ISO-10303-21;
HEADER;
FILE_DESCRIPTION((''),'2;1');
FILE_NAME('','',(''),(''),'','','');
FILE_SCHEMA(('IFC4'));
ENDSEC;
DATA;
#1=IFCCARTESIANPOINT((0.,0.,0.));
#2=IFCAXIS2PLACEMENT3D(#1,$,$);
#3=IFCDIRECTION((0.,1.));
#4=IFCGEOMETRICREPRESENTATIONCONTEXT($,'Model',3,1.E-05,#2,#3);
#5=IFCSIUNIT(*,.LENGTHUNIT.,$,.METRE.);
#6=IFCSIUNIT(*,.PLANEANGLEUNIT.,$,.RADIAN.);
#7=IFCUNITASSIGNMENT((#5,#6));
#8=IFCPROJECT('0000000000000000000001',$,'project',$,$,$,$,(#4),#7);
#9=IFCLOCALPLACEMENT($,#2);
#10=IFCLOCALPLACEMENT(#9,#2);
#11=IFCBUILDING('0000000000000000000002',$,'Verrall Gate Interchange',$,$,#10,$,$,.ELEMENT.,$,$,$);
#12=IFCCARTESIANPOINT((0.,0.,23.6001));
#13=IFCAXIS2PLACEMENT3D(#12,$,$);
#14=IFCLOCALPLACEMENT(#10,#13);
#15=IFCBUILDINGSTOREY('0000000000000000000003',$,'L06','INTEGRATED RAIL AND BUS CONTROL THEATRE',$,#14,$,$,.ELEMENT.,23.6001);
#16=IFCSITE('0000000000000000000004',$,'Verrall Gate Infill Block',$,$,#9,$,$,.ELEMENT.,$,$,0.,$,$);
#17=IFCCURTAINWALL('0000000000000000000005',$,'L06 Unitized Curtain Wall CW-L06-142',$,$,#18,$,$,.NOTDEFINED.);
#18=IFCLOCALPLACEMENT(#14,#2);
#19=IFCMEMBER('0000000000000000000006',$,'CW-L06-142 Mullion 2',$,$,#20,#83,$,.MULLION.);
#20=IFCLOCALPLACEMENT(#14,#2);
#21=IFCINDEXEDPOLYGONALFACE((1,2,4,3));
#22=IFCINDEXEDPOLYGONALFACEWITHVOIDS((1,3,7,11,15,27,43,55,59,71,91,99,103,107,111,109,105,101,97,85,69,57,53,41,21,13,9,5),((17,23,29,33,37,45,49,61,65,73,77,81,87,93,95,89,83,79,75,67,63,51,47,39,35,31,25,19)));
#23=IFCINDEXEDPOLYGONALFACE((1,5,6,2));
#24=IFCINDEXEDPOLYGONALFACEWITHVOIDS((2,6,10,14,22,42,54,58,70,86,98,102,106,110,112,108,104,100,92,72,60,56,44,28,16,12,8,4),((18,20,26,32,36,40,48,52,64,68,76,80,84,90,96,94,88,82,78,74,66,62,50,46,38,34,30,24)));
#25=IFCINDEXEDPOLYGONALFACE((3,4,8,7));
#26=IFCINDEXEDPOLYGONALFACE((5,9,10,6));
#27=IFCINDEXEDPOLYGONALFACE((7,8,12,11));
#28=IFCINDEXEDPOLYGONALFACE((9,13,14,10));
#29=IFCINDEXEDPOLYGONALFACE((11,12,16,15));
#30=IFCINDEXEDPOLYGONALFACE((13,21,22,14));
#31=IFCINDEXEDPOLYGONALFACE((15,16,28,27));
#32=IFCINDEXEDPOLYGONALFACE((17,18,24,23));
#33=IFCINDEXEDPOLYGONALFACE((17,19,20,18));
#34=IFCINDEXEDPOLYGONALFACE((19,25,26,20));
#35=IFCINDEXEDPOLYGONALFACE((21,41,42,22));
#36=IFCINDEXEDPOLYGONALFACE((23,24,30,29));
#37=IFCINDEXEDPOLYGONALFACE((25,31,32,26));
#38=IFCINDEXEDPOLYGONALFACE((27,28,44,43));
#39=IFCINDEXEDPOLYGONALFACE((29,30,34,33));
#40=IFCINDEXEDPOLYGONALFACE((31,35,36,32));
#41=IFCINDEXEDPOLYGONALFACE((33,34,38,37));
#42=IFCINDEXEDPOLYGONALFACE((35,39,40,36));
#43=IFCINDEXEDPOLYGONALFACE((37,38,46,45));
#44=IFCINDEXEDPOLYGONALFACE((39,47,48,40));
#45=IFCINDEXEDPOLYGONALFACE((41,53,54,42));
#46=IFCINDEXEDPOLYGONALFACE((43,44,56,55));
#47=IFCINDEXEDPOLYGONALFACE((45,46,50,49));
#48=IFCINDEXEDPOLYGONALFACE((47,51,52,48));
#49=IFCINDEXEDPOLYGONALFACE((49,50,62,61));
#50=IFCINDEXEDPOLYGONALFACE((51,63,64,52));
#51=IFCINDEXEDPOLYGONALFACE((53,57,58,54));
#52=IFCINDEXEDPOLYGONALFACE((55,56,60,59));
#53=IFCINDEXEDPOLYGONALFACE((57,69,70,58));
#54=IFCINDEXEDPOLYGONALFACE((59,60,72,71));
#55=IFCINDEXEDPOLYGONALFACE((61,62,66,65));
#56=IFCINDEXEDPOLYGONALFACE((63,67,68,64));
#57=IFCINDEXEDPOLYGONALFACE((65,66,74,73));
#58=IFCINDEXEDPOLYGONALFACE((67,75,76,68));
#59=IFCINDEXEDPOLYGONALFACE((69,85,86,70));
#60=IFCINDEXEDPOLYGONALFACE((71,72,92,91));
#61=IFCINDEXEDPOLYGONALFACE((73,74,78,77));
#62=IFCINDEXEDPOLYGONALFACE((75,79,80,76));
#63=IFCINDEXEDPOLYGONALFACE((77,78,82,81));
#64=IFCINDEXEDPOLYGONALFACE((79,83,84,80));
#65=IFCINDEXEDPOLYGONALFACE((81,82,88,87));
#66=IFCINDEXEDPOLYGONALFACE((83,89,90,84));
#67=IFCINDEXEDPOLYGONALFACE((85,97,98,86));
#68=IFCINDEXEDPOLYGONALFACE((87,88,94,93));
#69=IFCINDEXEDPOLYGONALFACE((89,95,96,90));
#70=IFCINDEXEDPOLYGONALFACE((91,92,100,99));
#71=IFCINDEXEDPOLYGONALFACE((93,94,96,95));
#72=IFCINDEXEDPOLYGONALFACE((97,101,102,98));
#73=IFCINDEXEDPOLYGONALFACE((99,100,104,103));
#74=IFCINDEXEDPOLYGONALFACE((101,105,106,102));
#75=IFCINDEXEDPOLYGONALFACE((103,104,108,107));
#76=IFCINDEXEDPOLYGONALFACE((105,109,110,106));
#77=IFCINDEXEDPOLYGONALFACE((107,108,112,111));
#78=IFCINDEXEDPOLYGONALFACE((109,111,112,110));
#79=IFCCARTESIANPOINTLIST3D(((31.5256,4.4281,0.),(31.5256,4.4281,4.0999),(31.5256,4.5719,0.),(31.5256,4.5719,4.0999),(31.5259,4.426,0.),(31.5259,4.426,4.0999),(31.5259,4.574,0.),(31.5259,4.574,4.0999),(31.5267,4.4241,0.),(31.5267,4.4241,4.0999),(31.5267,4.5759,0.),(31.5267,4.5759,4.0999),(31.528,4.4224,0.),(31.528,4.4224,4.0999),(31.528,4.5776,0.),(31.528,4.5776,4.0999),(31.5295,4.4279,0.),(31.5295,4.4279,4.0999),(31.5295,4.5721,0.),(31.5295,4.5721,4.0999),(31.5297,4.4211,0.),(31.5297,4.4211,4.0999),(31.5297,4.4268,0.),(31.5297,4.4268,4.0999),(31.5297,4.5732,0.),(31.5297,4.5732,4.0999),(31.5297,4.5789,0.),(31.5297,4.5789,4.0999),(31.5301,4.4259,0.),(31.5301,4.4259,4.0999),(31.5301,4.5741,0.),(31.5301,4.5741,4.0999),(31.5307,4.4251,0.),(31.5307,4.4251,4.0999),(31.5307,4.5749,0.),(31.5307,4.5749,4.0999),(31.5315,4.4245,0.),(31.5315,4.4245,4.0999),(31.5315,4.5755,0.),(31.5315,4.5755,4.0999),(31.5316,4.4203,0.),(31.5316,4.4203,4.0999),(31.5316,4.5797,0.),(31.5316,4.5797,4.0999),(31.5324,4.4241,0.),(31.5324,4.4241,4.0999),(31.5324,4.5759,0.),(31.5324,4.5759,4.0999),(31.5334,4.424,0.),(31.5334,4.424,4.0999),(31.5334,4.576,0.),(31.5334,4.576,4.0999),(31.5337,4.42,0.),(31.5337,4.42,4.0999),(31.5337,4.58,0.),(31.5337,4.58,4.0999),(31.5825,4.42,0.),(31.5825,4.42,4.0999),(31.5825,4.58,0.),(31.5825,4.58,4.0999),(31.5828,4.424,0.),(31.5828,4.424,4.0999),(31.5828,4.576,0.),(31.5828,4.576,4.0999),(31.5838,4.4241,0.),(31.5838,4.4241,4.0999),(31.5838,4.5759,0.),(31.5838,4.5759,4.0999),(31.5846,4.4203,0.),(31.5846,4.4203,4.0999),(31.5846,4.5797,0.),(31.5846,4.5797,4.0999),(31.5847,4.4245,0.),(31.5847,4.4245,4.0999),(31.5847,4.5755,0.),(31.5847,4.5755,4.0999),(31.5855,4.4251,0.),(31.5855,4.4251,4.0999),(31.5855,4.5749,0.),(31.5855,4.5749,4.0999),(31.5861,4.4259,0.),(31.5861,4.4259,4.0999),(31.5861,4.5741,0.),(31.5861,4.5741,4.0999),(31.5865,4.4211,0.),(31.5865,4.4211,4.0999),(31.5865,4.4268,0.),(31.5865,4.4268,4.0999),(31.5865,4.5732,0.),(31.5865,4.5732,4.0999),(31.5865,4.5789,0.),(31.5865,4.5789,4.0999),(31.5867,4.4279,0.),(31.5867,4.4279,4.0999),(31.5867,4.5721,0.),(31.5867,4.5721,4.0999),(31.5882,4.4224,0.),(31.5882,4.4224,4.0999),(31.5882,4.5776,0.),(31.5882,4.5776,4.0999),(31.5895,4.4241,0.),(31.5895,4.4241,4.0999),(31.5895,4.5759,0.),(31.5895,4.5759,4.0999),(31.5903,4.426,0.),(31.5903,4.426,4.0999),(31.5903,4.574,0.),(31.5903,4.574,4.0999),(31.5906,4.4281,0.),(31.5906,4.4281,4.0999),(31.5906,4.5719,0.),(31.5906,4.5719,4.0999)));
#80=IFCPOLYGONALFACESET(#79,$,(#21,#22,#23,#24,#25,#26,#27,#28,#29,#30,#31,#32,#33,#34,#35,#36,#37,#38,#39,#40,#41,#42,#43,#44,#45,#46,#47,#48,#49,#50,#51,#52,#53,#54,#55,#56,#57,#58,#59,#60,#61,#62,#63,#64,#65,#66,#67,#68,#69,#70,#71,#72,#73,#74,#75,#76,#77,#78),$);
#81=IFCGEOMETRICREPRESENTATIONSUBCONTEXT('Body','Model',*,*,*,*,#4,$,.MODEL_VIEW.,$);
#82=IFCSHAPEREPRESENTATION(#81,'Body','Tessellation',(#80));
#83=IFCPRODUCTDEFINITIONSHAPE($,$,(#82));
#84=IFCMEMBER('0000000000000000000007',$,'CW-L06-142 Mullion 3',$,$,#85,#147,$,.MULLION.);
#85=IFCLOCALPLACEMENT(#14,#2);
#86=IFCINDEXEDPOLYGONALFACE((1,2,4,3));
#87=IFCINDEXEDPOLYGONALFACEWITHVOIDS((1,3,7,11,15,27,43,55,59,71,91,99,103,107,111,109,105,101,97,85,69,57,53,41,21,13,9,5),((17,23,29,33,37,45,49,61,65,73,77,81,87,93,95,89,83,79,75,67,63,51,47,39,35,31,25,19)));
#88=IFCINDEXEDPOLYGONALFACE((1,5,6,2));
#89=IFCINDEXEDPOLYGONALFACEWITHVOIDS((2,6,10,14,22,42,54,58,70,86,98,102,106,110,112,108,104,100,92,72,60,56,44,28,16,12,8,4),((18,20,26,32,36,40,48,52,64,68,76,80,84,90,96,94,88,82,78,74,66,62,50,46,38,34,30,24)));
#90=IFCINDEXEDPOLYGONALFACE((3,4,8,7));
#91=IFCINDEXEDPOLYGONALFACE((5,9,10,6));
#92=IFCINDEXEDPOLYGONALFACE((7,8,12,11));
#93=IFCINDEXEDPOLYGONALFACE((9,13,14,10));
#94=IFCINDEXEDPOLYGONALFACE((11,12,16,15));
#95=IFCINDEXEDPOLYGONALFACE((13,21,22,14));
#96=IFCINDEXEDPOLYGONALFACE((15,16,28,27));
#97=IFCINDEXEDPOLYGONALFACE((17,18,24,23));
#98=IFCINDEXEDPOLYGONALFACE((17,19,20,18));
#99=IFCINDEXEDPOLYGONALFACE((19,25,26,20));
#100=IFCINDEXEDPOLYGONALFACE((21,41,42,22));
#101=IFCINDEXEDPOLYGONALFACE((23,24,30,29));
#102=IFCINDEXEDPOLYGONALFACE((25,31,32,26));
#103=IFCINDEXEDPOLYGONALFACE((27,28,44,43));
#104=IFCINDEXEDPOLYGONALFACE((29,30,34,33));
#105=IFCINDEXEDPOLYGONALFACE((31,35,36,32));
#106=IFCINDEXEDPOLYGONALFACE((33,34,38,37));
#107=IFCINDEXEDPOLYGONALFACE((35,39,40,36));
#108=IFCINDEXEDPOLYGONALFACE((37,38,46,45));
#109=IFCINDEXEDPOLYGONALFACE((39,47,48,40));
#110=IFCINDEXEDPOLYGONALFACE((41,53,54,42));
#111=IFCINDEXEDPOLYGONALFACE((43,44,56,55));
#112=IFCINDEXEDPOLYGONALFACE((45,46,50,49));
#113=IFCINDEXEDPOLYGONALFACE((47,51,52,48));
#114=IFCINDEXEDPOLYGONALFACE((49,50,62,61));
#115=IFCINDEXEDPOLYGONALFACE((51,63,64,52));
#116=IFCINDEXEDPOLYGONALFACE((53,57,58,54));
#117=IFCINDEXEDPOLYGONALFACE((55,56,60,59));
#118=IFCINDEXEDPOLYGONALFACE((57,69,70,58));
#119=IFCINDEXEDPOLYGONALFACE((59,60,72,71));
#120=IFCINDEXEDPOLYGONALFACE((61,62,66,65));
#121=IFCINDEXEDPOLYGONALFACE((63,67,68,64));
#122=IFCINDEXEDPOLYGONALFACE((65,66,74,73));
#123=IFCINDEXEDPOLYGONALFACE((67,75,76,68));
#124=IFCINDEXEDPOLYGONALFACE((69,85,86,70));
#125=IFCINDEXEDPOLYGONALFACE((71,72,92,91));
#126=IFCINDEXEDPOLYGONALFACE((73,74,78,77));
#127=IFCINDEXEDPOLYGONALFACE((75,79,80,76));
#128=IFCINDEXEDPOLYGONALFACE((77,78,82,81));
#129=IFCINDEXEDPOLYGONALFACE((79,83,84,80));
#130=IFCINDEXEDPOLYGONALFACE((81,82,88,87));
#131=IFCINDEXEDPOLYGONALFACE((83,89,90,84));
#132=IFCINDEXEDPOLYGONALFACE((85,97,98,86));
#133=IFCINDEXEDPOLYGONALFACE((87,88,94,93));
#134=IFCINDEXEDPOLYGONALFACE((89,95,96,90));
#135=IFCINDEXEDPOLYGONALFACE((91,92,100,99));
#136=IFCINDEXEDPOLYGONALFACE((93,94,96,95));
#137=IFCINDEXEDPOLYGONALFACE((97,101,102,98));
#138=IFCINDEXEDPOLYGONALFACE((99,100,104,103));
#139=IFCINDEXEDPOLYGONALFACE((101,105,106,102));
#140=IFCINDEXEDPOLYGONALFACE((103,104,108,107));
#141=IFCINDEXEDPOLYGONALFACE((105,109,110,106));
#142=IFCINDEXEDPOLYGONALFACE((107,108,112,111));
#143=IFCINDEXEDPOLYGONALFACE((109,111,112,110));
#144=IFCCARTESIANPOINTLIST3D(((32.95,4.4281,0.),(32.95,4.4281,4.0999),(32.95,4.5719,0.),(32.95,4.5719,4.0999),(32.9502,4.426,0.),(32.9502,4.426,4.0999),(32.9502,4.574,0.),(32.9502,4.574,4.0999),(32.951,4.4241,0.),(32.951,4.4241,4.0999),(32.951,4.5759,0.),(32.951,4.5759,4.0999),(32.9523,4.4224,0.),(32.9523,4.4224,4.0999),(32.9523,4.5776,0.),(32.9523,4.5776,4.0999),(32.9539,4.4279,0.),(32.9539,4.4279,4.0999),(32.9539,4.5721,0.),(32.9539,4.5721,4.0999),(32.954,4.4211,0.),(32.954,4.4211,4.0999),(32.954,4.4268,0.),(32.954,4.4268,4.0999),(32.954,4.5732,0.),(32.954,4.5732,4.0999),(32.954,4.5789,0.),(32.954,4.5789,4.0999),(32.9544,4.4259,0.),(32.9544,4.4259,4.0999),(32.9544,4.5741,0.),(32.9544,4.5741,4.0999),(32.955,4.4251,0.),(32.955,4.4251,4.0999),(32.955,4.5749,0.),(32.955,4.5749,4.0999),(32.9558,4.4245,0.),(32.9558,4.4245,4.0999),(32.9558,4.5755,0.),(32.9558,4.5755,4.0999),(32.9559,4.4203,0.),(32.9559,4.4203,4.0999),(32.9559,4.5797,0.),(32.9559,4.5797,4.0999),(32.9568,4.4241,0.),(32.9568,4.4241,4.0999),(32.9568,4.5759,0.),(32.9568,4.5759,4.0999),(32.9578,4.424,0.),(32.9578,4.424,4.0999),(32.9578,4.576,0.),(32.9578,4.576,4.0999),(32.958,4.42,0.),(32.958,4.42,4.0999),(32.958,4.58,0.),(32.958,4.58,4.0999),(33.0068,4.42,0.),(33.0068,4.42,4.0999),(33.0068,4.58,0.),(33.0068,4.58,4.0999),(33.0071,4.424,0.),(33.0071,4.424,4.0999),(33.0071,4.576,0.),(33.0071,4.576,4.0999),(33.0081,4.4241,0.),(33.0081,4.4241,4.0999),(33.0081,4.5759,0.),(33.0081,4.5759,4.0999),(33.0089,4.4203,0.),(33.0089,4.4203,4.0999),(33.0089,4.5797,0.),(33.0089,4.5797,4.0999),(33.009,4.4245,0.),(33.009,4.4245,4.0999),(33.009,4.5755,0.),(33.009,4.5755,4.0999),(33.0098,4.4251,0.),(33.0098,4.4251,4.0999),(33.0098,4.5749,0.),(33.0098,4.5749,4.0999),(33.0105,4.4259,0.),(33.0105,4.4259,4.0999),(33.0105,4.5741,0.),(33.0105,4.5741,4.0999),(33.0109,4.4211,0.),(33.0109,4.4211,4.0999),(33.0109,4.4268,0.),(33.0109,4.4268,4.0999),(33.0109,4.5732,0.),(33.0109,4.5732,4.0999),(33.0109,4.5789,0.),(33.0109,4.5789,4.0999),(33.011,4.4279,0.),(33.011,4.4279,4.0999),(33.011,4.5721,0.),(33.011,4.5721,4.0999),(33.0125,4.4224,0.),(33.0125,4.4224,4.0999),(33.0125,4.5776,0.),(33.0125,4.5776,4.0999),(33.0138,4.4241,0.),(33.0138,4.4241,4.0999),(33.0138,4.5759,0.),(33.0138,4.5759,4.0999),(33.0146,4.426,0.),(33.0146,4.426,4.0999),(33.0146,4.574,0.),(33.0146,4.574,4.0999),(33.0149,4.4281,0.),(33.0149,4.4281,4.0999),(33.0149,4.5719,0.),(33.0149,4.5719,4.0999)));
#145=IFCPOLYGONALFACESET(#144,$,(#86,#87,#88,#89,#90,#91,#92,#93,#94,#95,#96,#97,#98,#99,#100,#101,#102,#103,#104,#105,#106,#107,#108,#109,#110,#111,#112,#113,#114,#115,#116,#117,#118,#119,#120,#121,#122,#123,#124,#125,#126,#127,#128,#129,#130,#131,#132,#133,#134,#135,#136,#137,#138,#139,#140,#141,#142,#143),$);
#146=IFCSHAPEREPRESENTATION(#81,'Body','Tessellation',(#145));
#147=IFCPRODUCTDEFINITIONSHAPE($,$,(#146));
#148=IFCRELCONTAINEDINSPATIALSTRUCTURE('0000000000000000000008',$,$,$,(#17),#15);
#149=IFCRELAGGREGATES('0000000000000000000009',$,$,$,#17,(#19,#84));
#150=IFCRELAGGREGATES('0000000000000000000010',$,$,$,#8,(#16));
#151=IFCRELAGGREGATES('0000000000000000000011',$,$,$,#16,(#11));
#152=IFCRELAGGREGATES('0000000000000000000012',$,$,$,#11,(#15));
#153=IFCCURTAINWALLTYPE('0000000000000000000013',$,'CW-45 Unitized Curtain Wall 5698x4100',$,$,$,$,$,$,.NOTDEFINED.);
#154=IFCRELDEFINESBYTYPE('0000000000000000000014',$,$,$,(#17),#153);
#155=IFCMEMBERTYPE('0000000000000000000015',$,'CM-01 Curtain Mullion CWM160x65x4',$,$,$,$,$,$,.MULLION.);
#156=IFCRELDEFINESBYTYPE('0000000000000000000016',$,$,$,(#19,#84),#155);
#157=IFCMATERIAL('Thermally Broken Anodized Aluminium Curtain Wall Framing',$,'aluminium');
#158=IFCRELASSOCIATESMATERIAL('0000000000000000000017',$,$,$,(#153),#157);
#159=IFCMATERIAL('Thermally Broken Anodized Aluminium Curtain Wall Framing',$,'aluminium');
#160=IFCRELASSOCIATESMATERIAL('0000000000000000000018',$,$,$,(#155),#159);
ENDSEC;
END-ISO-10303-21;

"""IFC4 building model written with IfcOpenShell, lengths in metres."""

from ifc_helpers import new_model, si_unit, direction, frame, origin, origin_2d, place, context, subcontext, project, spatial, hollow_rectangle, extrude, material, material_profile, profile_set, type_object, element, aggregate, save


model = new_model("IFC4")

# Units and contexts
model_context = context("Model", 3, precision=1e-05, world=origin(), true_north=direction((0.0, 1.0)))
body_context = subcontext(model_context, "Body", "Model", "MODEL_VIEW")
ifc_project = project(units=[si_unit("LENGTHUNIT", "METRE"), si_unit("PLANEANGLEUNIT", "RADIAN")], contexts=[model_context])

# Site, building, storey
site_placement = place(None, origin())
site = spatial("IfcSite", under=ifc_project, at=site_placement, Name="Verrall Gate Infill Block", CompositionType="ELEMENT", RefElevation=0.0)
building_placement = place(site_placement, origin())
building = spatial("IfcBuilding", under=site, at=building_placement, Name="Verrall Gate Interchange", CompositionType="ELEMENT")
storey_placement = place(building_placement, frame((0.0, 0.0, 23.6001)))
storey = spatial("IfcBuildingStorey", under=building, at=storey_placement, Name="L06", Description="INTEGRATED RAIL AND BUS CONTROL THEATRE", CompositionType="ELEMENT", Elevation=23.6001)

# Curtain wall, members
ifc_material_1 = material(Name="Thermally Broken Anodized Aluminium Curtain Wall Framing", Category="aluminium")
curtain_wall_type_1 = type_object("IfcCurtainWallType", Name="CW-45 Unitized Curtain Wall 5698x4100", PredefinedType="NOTDEFINED", material=ifc_material_1)
curtain_wall_1_placement = place(storey_placement, origin())
curtain_wall_1 = element("IfcCurtainWall", 1, at=curtain_wall_1_placement, inside=storey, type_object=curtain_wall_type_1, Name="L06 Unitized Curtain Wall CW-L06-142", PredefinedType="NOTDEFINED")
ifc_material_2 = material(Name="Thermally Broken Anodized Aluminium Curtain Wall Framing", Category="aluminium")
ifc_material_profile_1 = material_profile(ifc_material_2, hollow_rectangle(XDim=0.0649, YDim=0.1599, WallThickness=0.0039, InnerFilletRadius=0.0039, OuterFilletRadius=0.0081, at=origin_2d()), Name="CWM160x65x4")
ifc_profile_set_1 = profile_set([ifc_material_profile_1], Name="Thermally Broken Anodized Aluminium Curtain Wall Framing")
member_type_1 = type_object("IfcMemberType", Name="CM-01 Curtain Mullion CWM160x65x4", PredefinedType="MULLION", material=ifc_profile_set_1)
member_1_placement = place(storey_placement, frame((31.5581, 4.5, 0.0), z_axis=(0.0, 0.0, 1.0), x_axis=(1.0, 0.0, 0.0)))
member_1 = element("IfcMember", 2, at=member_1_placement, type_object=member_type_1, Name="CW-L06-142 Mullion 2", PredefinedType="MULLION", context=body_context, shape_type="SweptSolid", body=[
    extrude(hollow_rectangle(XDim=0.0649, YDim=0.1599, WallThickness=0.0039, InnerFilletRadius=0.0039, OuterFilletRadius=0.0081, at=origin_2d()), origin(), (0.0, 0.0, 1.0), 4.0999),
])
member_2_placement = place(storey_placement, frame((32.9824, 4.5, 0.0), z_axis=(0.0, 0.0, 1.0), x_axis=(1.0, 0.0, 0.0)))
member_2 = element("IfcMember", 3, at=member_2_placement, type_object=member_type_1, Name="CW-L06-142 Mullion 3", PredefinedType="MULLION", context=body_context, shape_type="SweptSolid", body=[
    extrude(hollow_rectangle(XDim=0.0649, YDim=0.1599, WallThickness=0.0039, InnerFilletRadius=0.0039, OuterFilletRadius=0.0081, at=origin_2d()), origin(), (0.0, 0.0, 1.0), 4.0999),
])

aggregate(curtain_wall_1, [member_1, member_2])

save(model, "model.ifc")
